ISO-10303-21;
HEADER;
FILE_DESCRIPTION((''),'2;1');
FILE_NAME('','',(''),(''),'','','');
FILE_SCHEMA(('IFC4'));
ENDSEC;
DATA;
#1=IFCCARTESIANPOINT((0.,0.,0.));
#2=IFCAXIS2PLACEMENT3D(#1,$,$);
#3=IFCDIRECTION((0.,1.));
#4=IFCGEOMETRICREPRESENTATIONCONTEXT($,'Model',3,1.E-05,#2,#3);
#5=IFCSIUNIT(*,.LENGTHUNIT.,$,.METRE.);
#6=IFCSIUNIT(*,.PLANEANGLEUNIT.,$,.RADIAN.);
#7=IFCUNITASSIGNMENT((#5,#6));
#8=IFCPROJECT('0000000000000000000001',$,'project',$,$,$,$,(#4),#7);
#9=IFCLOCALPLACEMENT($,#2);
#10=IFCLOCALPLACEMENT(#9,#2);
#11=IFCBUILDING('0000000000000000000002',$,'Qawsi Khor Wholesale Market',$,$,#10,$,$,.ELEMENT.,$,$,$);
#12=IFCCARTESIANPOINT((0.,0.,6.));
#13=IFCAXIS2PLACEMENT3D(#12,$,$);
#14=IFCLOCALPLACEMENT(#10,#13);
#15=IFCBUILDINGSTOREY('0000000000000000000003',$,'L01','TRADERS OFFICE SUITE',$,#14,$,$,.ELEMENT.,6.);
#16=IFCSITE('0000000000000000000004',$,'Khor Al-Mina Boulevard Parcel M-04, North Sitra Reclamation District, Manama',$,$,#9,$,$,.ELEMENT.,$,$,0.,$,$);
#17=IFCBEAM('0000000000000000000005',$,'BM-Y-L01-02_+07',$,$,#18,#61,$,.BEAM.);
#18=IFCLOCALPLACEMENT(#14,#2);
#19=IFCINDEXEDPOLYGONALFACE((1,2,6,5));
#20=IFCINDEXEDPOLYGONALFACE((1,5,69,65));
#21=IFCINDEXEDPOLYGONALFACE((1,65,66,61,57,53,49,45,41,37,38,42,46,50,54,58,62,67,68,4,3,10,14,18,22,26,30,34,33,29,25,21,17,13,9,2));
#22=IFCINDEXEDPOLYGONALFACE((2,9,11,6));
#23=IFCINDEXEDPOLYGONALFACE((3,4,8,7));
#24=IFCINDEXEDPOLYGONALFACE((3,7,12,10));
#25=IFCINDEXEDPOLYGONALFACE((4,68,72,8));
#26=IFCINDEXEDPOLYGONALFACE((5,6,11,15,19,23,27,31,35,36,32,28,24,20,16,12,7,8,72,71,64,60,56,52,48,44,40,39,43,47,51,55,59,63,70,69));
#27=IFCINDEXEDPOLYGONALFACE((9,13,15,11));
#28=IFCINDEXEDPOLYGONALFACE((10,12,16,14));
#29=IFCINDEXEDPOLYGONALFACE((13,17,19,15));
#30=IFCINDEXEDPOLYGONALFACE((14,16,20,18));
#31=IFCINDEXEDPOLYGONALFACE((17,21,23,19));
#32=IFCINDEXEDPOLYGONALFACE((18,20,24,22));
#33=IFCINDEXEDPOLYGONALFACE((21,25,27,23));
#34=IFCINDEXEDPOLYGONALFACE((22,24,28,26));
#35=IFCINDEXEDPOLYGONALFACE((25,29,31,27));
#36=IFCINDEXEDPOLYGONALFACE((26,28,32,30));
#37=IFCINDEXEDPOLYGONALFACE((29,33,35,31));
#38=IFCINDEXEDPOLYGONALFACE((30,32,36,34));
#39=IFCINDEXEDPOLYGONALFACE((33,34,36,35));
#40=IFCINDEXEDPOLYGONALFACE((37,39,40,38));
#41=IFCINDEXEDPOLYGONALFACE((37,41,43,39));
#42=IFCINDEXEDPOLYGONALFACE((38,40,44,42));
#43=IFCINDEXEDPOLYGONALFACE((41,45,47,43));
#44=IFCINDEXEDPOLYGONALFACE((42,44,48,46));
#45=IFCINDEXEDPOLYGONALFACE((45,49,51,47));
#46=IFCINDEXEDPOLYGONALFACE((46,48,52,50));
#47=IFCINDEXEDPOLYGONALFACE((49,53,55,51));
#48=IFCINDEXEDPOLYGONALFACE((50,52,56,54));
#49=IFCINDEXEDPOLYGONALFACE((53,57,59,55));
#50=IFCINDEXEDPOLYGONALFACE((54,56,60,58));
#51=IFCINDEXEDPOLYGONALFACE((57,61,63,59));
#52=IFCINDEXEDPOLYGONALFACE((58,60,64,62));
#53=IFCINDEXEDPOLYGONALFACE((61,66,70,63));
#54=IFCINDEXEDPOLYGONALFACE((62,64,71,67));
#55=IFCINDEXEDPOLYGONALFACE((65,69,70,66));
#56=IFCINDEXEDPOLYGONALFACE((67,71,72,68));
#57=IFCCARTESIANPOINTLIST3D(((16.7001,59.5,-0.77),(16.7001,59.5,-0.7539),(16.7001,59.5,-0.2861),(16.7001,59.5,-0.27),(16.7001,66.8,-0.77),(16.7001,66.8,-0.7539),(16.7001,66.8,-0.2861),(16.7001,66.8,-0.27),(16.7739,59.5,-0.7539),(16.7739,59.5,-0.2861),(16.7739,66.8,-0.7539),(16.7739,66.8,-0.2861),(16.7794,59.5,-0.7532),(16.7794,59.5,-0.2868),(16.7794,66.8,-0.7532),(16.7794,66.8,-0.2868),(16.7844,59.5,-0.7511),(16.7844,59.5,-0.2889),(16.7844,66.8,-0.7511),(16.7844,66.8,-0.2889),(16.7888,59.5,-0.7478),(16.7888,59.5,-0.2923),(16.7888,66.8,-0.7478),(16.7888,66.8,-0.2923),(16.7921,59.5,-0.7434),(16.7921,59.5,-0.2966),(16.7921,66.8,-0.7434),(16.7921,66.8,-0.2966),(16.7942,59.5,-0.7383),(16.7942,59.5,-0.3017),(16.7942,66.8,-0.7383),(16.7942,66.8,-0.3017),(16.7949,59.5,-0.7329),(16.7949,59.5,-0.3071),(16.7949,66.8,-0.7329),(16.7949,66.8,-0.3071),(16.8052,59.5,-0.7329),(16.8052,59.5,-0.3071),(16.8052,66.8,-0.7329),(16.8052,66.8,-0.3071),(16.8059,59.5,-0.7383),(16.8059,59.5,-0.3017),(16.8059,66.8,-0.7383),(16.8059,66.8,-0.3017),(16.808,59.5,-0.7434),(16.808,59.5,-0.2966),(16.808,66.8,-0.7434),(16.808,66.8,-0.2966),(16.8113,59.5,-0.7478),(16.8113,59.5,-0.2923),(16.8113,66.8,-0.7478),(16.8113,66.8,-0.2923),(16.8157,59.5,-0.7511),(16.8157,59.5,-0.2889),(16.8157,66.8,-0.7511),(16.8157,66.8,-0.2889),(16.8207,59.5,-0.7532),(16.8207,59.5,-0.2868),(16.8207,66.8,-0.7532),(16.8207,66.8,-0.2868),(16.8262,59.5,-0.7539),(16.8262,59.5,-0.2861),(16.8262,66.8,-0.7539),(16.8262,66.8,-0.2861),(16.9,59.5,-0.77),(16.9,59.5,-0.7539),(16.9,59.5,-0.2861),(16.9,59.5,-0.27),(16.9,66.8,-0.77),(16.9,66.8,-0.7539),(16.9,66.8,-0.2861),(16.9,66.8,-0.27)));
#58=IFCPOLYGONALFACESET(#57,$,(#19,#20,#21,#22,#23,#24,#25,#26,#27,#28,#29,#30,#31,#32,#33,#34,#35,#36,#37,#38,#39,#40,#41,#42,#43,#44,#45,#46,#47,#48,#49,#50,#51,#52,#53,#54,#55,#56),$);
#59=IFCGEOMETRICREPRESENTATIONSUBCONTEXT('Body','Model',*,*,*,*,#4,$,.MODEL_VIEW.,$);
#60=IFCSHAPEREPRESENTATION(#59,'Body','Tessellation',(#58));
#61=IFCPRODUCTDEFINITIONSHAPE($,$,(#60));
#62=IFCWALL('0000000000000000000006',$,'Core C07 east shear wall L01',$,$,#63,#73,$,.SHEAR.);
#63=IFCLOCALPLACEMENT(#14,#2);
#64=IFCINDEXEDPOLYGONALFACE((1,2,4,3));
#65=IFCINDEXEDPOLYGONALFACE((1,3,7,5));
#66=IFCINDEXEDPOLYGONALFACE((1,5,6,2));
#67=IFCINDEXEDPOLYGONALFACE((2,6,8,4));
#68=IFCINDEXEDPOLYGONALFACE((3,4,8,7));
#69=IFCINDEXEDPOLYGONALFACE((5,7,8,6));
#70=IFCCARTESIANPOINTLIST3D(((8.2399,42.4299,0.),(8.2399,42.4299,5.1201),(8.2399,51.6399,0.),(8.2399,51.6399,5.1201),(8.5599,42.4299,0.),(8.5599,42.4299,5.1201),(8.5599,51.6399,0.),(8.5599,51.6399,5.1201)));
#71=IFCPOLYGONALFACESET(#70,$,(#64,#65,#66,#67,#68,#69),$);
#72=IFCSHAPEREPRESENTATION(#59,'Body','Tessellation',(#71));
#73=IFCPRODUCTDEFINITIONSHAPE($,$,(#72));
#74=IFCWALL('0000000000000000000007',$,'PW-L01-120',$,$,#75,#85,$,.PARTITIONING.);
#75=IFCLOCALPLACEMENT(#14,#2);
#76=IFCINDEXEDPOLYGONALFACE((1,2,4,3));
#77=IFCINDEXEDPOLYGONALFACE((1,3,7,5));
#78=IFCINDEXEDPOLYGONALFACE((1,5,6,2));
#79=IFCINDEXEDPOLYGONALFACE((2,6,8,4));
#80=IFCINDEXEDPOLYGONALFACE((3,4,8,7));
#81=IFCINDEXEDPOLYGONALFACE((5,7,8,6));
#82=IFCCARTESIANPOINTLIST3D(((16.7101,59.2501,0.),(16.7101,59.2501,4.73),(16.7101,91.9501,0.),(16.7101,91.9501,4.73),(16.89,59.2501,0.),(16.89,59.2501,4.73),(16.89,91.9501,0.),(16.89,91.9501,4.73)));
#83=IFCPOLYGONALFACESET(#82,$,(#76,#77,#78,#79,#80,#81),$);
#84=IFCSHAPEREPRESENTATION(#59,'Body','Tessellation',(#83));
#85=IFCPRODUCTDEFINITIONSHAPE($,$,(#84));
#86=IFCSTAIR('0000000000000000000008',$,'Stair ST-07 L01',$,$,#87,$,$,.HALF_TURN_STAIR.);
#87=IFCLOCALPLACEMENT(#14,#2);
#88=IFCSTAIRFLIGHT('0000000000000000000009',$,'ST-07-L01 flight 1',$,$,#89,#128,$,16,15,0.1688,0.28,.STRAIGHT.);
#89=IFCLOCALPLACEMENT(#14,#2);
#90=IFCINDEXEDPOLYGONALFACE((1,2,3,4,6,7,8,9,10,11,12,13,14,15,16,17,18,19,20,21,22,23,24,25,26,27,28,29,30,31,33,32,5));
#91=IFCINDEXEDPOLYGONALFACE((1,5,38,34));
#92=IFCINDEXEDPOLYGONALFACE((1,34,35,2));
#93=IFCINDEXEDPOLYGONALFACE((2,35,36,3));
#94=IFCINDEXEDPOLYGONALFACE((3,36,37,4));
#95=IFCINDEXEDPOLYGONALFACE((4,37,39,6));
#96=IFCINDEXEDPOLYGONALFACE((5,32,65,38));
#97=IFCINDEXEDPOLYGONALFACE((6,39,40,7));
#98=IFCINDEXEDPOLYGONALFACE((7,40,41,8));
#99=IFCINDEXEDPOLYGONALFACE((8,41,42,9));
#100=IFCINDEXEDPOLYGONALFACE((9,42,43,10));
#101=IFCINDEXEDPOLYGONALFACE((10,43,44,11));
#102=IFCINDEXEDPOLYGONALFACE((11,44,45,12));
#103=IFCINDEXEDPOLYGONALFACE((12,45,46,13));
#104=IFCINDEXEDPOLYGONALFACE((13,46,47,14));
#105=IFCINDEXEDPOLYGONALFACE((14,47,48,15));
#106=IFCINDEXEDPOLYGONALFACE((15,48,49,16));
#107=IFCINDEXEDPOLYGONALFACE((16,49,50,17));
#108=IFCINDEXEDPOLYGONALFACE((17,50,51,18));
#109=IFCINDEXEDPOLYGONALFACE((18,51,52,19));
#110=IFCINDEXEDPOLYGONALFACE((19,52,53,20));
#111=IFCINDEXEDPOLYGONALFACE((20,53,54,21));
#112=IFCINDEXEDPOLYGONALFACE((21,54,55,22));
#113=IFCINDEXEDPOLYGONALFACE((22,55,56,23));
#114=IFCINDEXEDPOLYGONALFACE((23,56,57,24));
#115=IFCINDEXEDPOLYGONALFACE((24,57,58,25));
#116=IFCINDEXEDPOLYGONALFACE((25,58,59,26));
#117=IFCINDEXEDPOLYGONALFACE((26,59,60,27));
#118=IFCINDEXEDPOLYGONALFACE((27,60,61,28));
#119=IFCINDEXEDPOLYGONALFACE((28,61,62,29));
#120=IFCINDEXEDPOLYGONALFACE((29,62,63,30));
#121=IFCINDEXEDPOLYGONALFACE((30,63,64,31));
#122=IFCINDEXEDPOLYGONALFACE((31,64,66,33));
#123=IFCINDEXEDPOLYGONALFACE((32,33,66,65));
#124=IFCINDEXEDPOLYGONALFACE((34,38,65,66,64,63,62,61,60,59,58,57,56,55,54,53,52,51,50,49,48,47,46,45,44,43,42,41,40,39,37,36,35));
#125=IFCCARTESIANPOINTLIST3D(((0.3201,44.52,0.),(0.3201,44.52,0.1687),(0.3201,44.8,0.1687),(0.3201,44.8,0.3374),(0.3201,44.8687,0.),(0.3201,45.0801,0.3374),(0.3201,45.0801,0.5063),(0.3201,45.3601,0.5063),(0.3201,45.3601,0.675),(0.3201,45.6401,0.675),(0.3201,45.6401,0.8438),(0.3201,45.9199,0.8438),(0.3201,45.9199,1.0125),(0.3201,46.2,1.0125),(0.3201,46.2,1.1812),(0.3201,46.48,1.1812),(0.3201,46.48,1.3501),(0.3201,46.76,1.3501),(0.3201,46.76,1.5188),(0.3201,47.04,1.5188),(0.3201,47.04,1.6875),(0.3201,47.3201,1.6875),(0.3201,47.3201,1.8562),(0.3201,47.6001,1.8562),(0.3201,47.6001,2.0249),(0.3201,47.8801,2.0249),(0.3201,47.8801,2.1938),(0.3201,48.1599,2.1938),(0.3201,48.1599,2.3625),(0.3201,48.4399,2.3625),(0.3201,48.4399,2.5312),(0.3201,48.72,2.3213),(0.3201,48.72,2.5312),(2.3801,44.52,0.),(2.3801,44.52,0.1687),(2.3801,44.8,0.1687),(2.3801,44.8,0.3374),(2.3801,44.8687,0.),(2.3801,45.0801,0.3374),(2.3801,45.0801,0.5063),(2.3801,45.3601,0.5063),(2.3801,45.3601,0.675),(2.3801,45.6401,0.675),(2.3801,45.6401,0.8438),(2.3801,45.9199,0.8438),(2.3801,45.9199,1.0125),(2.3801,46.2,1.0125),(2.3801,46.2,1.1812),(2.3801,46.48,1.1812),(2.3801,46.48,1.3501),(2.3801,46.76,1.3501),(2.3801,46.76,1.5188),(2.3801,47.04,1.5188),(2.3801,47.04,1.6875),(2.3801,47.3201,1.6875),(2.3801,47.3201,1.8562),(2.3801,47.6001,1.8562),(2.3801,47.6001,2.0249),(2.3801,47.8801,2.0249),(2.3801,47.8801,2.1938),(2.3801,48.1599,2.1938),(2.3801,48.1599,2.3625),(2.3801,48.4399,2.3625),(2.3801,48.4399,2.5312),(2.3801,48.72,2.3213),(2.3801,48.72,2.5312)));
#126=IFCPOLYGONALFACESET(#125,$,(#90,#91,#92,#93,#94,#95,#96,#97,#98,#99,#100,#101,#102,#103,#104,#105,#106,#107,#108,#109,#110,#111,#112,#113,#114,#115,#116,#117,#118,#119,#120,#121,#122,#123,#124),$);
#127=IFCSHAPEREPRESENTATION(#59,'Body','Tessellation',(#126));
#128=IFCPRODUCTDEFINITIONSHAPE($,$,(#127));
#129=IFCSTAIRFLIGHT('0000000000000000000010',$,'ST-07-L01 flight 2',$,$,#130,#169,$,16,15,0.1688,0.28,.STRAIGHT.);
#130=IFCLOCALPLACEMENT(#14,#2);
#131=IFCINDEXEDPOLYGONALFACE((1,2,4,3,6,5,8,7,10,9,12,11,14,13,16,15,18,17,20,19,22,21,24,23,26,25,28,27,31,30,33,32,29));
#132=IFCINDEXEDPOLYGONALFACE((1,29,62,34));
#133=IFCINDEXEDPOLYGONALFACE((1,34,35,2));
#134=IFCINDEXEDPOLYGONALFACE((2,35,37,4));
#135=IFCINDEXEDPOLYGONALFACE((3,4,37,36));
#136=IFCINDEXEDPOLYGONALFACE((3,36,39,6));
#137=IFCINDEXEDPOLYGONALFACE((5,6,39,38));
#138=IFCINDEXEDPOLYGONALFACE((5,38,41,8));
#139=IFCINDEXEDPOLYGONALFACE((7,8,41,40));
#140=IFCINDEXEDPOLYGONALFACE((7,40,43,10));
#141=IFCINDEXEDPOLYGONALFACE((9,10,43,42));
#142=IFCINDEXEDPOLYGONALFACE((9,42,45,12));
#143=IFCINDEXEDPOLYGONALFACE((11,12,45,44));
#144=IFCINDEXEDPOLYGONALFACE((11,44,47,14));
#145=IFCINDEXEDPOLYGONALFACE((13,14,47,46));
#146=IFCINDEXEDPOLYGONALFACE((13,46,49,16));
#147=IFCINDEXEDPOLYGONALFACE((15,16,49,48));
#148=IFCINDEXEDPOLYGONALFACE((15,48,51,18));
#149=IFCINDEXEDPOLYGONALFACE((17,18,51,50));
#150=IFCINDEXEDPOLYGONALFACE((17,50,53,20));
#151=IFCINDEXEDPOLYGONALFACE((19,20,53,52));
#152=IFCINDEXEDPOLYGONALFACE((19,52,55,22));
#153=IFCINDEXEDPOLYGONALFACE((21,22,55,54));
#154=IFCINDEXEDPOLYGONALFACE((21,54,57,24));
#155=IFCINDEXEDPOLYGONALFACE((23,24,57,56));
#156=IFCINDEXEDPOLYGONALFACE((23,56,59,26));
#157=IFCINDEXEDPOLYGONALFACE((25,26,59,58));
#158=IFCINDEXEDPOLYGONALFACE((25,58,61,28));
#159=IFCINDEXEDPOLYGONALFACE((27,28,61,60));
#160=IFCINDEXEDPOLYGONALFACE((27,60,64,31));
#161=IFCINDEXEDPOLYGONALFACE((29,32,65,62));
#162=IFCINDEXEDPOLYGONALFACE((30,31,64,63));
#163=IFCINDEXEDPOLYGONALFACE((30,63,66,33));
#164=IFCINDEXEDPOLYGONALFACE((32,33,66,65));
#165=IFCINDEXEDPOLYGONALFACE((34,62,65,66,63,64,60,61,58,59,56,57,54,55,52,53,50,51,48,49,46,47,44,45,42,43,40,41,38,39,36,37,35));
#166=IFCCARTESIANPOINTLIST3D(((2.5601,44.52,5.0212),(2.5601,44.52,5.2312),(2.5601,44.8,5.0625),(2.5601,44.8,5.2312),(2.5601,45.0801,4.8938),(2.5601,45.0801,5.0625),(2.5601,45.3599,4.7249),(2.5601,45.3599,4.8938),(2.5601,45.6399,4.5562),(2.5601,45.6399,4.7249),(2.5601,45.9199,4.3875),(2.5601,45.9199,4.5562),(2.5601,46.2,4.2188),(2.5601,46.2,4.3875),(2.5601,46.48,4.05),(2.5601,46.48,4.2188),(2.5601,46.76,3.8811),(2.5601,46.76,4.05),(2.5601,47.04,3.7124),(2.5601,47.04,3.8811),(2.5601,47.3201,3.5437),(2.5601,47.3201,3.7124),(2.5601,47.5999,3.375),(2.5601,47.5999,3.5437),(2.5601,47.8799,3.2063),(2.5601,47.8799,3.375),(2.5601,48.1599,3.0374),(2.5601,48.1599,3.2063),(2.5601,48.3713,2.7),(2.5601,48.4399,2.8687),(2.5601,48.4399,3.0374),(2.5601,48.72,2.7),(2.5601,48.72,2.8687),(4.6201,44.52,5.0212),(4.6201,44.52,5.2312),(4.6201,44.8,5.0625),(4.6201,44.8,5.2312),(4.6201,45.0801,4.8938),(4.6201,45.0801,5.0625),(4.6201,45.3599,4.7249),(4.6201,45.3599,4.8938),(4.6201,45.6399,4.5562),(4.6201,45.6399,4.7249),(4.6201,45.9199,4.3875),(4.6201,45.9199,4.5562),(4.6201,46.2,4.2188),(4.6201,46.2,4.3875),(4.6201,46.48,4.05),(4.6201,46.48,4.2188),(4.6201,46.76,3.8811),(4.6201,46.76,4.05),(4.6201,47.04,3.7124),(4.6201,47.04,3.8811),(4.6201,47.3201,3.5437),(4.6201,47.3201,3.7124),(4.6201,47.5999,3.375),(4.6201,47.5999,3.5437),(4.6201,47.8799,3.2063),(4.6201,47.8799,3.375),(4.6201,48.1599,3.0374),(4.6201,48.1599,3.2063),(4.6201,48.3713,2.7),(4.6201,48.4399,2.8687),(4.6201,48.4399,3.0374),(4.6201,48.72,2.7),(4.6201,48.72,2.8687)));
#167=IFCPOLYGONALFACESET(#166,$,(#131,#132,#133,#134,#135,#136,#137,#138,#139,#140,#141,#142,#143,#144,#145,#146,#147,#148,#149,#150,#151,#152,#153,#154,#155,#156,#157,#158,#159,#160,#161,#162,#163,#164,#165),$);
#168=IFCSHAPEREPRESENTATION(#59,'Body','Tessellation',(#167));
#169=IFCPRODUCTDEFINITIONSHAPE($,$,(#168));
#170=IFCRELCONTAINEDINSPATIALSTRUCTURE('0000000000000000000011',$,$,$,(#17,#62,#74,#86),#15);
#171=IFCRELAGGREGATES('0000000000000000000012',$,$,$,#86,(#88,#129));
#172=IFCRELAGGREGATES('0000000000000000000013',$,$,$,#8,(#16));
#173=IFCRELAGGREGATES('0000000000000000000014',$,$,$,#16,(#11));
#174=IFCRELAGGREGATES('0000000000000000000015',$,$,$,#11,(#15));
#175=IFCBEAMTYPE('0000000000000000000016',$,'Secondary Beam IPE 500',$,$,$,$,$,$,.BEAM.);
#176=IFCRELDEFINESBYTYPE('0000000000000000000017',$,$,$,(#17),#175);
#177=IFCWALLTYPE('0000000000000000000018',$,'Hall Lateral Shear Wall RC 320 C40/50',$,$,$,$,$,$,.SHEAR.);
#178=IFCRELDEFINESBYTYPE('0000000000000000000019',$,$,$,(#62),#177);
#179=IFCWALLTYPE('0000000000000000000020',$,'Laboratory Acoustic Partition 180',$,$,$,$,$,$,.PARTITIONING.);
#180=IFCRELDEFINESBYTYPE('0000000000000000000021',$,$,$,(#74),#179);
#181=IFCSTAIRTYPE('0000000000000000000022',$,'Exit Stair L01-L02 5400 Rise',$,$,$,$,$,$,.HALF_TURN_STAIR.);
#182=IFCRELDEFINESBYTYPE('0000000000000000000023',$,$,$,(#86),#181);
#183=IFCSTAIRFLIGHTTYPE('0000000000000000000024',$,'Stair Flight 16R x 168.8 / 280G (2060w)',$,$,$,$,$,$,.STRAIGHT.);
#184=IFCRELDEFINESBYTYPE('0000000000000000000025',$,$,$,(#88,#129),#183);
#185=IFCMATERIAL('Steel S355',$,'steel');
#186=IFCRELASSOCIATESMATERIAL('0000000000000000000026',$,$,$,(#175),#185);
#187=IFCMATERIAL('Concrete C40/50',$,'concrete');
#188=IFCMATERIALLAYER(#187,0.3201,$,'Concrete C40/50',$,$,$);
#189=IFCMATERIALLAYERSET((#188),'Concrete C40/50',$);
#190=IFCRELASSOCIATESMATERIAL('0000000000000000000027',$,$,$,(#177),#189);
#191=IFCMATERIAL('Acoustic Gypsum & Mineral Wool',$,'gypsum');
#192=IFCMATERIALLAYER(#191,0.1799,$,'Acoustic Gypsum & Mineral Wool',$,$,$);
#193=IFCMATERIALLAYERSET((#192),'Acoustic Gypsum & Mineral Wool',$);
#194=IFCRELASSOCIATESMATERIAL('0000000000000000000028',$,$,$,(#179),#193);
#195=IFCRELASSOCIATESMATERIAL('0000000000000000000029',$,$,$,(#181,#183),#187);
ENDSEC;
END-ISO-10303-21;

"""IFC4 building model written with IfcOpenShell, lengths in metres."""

from ifc_helpers import new_model, si_unit, direction, frame, frame_2d, origin, origin_2d, place, context, subcontext, project, spatial, polyline, rectangle, i_section, outline, extrude, material, layer, layer_set, material_profile, profile_set, type_object, element, aggregate, save


model = new_model("IFC4")

# Units and contexts
model_context = context("Model", 3, precision=1e-05, world=origin(), true_north=direction((0.0, 1.0)))
body_context = subcontext(model_context, "Body", "Model", "MODEL_VIEW")
ifc_project = project(units=[si_unit("LENGTHUNIT", "METRE"), si_unit("PLANEANGLEUNIT", "RADIAN")], contexts=[model_context])

# Site, building, storey
site_placement = place(None, origin())
site = spatial("IfcSite", under=ifc_project, at=site_placement, Name="Khor Al-Mina Boulevard Parcel M-04, North Sitra Reclamation District, Manama", CompositionType="ELEMENT", RefElevation=0.0)
building_placement = place(site_placement, origin())
building = spatial("IfcBuilding", under=site, at=building_placement, Name="Qawsi Khor Wholesale Market", CompositionType="ELEMENT")
storey_placement = place(building_placement, frame((0.0, 0.0, 6.0)))
storey = spatial("IfcBuildingStorey", under=building, at=storey_placement, Name="L01", Description="TRADERS OFFICE SUITE", CompositionType="ELEMENT", Elevation=6.0)

# Shared definitions
ifc_material_1 = material(Name="Concrete C40/50", Category="concrete")

# Beam
ifc_material_2 = material(Name="Steel S355", Category="steel")
ifc_material_profile_1 = material_profile(ifc_material_2, i_section(OverallWidth=0.2, OverallDepth=0.5, WebThickness=0.0103, FlangeThickness=0.0161, FilletRadius=0.021, at=origin_2d()), Name="IPE 500")
ifc_profile_set_1 = profile_set([ifc_material_profile_1], Name="Steel S355")
beam_type_1 = type_object("IfcBeamType", Name="Secondary Beam IPE 500", PredefinedType="BEAM", material=ifc_profile_set_1)
for number, where, z_axis, x_axis, name in (
    (1, (16.8, 59.5, -0.52), (0.0, 1.0, 0.0), (-1.0, 0.0, 0.0), "BM-Y-L01-02_+07"),
):
    element("IfcBeam", number, at=place(storey_placement, frame(where, z_axis=z_axis, x_axis=x_axis)), inside=storey, type_object=beam_type_1, Name=name, PredefinedType="BEAM", context=body_context, shape_type="SweptSolid", body=[
        extrude(i_section(OverallWidth=0.2, OverallDepth=0.5, WebThickness=0.0103, FlangeThickness=0.0161, FilletRadius=0.021, at=origin_2d()), origin(), (0.0, 0.0, 1.0), 7.3),
    ])

# Walls
ifc_layer_1 = layer(ifc_material_1, 0.3201, Name="Concrete C40/50")
ifc_layer_set_1 = layer_set([ifc_layer_1], Name="Concrete C40/50")
wall_type_1 = type_object("IfcWallType", Name="Hall Lateral Shear Wall RC 320 C40/50", PredefinedType="SHEAR", material=ifc_layer_set_1)
wall_1_placement = place(storey_placement, frame((8.3999, 51.6399, 0.0), z_axis=(0.0, 0.0, 1.0), x_axis=(0.0, -1.0, 0.0)))
element("IfcWall", 2, at=wall_1_placement, inside=storey, type_object=wall_type_1, Name="Core C07 east shear wall L01", PredefinedType="SHEAR", context=body_context, shape_type="SweptSolid", body=[
    extrude(rectangle(XDim=9.21, YDim=0.3201, at=frame_2d((4.605, 0.0))), origin(), (0.0, 0.0, 1.0), 5.1201),
])
ifc_material_3 = material(Name="Acoustic Gypsum & Mineral Wool", Category="gypsum")
ifc_layer_2 = layer(ifc_material_3, 0.1799, Name="Acoustic Gypsum & Mineral Wool")
ifc_layer_set_2 = layer_set([ifc_layer_2], Name="Acoustic Gypsum & Mineral Wool")
wall_type_2 = type_object("IfcWallType", Name="Laboratory Acoustic Partition 180", PredefinedType="PARTITIONING", material=ifc_layer_set_2)
wall_2_placement = place(storey_placement, frame((16.8, 59.25, 0.0), z_axis=(0.0, 0.0, 1.0), x_axis=(0.0, 1.0, 0.0)))
element("IfcWall", 3, at=wall_2_placement, inside=storey, type_object=wall_type_2, Name="PW-L01-120", PredefinedType="PARTITIONING", context=body_context, shape_type="SweptSolid", body=[
    extrude(rectangle(XDim=32.7, YDim=0.1799, at=frame_2d((16.3501, 0.0))), origin(), (0.0, 0.0, 1.0), 4.73),
])

# Stair, stair flights
stair_type = type_object("IfcStairType", Name="Exit Stair L01-L02 5400 Rise", PredefinedType="HALF_TURN_STAIR", material=ifc_material_1)
stair_placement = place(storey_placement, origin())
stair = element("IfcStair", 4, at=stair_placement, inside=storey, type_object=stair_type, Name="Stair ST-07 L01", PredefinedType="HALF_TURN_STAIR")
stair_flight_type = type_object("IfcStairFlightType", Name="Stair Flight 16R x 168.8 / 280G (2060w)", PredefinedType="STRAIGHT", material=ifc_material_1)
stair_flight_1_placement = place(storey_placement, frame((1.3501, 44.52, 0.0), z_axis=(0.0, 0.0, 1.0), x_axis=(0.0, 1.0, 0.0)))
stair_flight_1 = element("IfcStairFlight", 5, at=stair_flight_1_placement, type_object=stair_flight_type, Name="ST-07-L01 flight 1", NumberOfRisers=16, NumberOfTreads=15, PredefinedType="STRAIGHT", RiserHeight=0.1688, TreadLength=0.28, context=body_context, shape_type="SweptSolid", body=[
    extrude(outline(polyline([(0.0, 0.0), (0.0, 0.1687), (0.28, 0.1687), (0.28, 0.3374), (0.5601, 0.3374), (0.5601, 0.5063), (0.8401, 0.5063), (0.8401, 0.675), (1.1201, 0.675), (1.1201, 0.8438), (1.3999, 0.8438), (1.3999, 1.0125), (1.6799, 1.0125), (1.6799, 1.1812), (1.96, 1.1812), (1.96, 1.3501), (2.24, 1.3501), (2.24, 1.5188), (2.52, 1.5188), (2.52, 1.6875), (2.8, 1.6875), (2.8, 1.8562), (3.0801, 1.8562), (3.0801, 2.0249), (3.3601, 2.0249), (3.3601, 2.1938), (3.6399, 2.1938), (3.6399, 2.3625), (3.9199, 2.3625), (3.9199, 2.5312), (4.2, 2.5312), (4.2, 2.7), (4.2, 2.3213), (0.3486, 0.0), (0.0, 0.0)])), frame((0.0, 1.03, 0.0), z_axis=(0.0, -1.0, 0.0), x_axis=(1.0, 0.0, 0.0)), (0.0, 0.0, 1.0), 2.0601),
])
stair_flight_2_placement = place(storey_placement, frame((3.5901, 48.72, 2.7), z_axis=(0.0, 0.0, 1.0), x_axis=(0.0, -1.0, 0.0)))
stair_flight_2 = element("IfcStairFlight", 6, at=stair_flight_2_placement, type_object=stair_flight_type, Name="ST-07-L01 flight 2", NumberOfRisers=16, NumberOfTreads=15, PredefinedType="STRAIGHT", RiserHeight=0.1688, TreadLength=0.28, context=body_context, shape_type="SweptSolid", body=[
    extrude(outline(polyline([(0.0, 0.0), (0.0, 0.1687), (0.28, 0.1687), (0.28, 0.3374), (0.5601, 0.3374), (0.5601, 0.5063), (0.8401, 0.5063), (0.8401, 0.675), (1.1201, 0.675), (1.1201, 0.8438), (1.3999, 0.8438), (1.3999, 1.0125), (1.6799, 1.0125), (1.6799, 1.1812), (1.96, 1.1812), (1.96, 1.3501), (2.24, 1.3501), (2.24, 1.5188), (2.52, 1.5188), (2.52, 1.6875), (2.8, 1.6875), (2.8, 1.8562), (3.0801, 1.8562), (3.0801, 2.0249), (3.3601, 2.0249), (3.3601, 2.1938), (3.6399, 2.1938), (3.6399, 2.3625), (3.9199, 2.3625), (3.9199, 2.5312), (4.2, 2.5312), (4.2, 2.7), (4.2, 2.3213), (0.3486, 0.0), (0.0, 0.0)])), frame((0.0, 1.03, 0.0), z_axis=(0.0, -1.0, 0.0), x_axis=(1.0, 0.0, 0.0)), (0.0, 0.0, 1.0), 2.0601),
])
aggregate(stair, [stair_flight_1, stair_flight_2])

save(model, "model.ifc")
